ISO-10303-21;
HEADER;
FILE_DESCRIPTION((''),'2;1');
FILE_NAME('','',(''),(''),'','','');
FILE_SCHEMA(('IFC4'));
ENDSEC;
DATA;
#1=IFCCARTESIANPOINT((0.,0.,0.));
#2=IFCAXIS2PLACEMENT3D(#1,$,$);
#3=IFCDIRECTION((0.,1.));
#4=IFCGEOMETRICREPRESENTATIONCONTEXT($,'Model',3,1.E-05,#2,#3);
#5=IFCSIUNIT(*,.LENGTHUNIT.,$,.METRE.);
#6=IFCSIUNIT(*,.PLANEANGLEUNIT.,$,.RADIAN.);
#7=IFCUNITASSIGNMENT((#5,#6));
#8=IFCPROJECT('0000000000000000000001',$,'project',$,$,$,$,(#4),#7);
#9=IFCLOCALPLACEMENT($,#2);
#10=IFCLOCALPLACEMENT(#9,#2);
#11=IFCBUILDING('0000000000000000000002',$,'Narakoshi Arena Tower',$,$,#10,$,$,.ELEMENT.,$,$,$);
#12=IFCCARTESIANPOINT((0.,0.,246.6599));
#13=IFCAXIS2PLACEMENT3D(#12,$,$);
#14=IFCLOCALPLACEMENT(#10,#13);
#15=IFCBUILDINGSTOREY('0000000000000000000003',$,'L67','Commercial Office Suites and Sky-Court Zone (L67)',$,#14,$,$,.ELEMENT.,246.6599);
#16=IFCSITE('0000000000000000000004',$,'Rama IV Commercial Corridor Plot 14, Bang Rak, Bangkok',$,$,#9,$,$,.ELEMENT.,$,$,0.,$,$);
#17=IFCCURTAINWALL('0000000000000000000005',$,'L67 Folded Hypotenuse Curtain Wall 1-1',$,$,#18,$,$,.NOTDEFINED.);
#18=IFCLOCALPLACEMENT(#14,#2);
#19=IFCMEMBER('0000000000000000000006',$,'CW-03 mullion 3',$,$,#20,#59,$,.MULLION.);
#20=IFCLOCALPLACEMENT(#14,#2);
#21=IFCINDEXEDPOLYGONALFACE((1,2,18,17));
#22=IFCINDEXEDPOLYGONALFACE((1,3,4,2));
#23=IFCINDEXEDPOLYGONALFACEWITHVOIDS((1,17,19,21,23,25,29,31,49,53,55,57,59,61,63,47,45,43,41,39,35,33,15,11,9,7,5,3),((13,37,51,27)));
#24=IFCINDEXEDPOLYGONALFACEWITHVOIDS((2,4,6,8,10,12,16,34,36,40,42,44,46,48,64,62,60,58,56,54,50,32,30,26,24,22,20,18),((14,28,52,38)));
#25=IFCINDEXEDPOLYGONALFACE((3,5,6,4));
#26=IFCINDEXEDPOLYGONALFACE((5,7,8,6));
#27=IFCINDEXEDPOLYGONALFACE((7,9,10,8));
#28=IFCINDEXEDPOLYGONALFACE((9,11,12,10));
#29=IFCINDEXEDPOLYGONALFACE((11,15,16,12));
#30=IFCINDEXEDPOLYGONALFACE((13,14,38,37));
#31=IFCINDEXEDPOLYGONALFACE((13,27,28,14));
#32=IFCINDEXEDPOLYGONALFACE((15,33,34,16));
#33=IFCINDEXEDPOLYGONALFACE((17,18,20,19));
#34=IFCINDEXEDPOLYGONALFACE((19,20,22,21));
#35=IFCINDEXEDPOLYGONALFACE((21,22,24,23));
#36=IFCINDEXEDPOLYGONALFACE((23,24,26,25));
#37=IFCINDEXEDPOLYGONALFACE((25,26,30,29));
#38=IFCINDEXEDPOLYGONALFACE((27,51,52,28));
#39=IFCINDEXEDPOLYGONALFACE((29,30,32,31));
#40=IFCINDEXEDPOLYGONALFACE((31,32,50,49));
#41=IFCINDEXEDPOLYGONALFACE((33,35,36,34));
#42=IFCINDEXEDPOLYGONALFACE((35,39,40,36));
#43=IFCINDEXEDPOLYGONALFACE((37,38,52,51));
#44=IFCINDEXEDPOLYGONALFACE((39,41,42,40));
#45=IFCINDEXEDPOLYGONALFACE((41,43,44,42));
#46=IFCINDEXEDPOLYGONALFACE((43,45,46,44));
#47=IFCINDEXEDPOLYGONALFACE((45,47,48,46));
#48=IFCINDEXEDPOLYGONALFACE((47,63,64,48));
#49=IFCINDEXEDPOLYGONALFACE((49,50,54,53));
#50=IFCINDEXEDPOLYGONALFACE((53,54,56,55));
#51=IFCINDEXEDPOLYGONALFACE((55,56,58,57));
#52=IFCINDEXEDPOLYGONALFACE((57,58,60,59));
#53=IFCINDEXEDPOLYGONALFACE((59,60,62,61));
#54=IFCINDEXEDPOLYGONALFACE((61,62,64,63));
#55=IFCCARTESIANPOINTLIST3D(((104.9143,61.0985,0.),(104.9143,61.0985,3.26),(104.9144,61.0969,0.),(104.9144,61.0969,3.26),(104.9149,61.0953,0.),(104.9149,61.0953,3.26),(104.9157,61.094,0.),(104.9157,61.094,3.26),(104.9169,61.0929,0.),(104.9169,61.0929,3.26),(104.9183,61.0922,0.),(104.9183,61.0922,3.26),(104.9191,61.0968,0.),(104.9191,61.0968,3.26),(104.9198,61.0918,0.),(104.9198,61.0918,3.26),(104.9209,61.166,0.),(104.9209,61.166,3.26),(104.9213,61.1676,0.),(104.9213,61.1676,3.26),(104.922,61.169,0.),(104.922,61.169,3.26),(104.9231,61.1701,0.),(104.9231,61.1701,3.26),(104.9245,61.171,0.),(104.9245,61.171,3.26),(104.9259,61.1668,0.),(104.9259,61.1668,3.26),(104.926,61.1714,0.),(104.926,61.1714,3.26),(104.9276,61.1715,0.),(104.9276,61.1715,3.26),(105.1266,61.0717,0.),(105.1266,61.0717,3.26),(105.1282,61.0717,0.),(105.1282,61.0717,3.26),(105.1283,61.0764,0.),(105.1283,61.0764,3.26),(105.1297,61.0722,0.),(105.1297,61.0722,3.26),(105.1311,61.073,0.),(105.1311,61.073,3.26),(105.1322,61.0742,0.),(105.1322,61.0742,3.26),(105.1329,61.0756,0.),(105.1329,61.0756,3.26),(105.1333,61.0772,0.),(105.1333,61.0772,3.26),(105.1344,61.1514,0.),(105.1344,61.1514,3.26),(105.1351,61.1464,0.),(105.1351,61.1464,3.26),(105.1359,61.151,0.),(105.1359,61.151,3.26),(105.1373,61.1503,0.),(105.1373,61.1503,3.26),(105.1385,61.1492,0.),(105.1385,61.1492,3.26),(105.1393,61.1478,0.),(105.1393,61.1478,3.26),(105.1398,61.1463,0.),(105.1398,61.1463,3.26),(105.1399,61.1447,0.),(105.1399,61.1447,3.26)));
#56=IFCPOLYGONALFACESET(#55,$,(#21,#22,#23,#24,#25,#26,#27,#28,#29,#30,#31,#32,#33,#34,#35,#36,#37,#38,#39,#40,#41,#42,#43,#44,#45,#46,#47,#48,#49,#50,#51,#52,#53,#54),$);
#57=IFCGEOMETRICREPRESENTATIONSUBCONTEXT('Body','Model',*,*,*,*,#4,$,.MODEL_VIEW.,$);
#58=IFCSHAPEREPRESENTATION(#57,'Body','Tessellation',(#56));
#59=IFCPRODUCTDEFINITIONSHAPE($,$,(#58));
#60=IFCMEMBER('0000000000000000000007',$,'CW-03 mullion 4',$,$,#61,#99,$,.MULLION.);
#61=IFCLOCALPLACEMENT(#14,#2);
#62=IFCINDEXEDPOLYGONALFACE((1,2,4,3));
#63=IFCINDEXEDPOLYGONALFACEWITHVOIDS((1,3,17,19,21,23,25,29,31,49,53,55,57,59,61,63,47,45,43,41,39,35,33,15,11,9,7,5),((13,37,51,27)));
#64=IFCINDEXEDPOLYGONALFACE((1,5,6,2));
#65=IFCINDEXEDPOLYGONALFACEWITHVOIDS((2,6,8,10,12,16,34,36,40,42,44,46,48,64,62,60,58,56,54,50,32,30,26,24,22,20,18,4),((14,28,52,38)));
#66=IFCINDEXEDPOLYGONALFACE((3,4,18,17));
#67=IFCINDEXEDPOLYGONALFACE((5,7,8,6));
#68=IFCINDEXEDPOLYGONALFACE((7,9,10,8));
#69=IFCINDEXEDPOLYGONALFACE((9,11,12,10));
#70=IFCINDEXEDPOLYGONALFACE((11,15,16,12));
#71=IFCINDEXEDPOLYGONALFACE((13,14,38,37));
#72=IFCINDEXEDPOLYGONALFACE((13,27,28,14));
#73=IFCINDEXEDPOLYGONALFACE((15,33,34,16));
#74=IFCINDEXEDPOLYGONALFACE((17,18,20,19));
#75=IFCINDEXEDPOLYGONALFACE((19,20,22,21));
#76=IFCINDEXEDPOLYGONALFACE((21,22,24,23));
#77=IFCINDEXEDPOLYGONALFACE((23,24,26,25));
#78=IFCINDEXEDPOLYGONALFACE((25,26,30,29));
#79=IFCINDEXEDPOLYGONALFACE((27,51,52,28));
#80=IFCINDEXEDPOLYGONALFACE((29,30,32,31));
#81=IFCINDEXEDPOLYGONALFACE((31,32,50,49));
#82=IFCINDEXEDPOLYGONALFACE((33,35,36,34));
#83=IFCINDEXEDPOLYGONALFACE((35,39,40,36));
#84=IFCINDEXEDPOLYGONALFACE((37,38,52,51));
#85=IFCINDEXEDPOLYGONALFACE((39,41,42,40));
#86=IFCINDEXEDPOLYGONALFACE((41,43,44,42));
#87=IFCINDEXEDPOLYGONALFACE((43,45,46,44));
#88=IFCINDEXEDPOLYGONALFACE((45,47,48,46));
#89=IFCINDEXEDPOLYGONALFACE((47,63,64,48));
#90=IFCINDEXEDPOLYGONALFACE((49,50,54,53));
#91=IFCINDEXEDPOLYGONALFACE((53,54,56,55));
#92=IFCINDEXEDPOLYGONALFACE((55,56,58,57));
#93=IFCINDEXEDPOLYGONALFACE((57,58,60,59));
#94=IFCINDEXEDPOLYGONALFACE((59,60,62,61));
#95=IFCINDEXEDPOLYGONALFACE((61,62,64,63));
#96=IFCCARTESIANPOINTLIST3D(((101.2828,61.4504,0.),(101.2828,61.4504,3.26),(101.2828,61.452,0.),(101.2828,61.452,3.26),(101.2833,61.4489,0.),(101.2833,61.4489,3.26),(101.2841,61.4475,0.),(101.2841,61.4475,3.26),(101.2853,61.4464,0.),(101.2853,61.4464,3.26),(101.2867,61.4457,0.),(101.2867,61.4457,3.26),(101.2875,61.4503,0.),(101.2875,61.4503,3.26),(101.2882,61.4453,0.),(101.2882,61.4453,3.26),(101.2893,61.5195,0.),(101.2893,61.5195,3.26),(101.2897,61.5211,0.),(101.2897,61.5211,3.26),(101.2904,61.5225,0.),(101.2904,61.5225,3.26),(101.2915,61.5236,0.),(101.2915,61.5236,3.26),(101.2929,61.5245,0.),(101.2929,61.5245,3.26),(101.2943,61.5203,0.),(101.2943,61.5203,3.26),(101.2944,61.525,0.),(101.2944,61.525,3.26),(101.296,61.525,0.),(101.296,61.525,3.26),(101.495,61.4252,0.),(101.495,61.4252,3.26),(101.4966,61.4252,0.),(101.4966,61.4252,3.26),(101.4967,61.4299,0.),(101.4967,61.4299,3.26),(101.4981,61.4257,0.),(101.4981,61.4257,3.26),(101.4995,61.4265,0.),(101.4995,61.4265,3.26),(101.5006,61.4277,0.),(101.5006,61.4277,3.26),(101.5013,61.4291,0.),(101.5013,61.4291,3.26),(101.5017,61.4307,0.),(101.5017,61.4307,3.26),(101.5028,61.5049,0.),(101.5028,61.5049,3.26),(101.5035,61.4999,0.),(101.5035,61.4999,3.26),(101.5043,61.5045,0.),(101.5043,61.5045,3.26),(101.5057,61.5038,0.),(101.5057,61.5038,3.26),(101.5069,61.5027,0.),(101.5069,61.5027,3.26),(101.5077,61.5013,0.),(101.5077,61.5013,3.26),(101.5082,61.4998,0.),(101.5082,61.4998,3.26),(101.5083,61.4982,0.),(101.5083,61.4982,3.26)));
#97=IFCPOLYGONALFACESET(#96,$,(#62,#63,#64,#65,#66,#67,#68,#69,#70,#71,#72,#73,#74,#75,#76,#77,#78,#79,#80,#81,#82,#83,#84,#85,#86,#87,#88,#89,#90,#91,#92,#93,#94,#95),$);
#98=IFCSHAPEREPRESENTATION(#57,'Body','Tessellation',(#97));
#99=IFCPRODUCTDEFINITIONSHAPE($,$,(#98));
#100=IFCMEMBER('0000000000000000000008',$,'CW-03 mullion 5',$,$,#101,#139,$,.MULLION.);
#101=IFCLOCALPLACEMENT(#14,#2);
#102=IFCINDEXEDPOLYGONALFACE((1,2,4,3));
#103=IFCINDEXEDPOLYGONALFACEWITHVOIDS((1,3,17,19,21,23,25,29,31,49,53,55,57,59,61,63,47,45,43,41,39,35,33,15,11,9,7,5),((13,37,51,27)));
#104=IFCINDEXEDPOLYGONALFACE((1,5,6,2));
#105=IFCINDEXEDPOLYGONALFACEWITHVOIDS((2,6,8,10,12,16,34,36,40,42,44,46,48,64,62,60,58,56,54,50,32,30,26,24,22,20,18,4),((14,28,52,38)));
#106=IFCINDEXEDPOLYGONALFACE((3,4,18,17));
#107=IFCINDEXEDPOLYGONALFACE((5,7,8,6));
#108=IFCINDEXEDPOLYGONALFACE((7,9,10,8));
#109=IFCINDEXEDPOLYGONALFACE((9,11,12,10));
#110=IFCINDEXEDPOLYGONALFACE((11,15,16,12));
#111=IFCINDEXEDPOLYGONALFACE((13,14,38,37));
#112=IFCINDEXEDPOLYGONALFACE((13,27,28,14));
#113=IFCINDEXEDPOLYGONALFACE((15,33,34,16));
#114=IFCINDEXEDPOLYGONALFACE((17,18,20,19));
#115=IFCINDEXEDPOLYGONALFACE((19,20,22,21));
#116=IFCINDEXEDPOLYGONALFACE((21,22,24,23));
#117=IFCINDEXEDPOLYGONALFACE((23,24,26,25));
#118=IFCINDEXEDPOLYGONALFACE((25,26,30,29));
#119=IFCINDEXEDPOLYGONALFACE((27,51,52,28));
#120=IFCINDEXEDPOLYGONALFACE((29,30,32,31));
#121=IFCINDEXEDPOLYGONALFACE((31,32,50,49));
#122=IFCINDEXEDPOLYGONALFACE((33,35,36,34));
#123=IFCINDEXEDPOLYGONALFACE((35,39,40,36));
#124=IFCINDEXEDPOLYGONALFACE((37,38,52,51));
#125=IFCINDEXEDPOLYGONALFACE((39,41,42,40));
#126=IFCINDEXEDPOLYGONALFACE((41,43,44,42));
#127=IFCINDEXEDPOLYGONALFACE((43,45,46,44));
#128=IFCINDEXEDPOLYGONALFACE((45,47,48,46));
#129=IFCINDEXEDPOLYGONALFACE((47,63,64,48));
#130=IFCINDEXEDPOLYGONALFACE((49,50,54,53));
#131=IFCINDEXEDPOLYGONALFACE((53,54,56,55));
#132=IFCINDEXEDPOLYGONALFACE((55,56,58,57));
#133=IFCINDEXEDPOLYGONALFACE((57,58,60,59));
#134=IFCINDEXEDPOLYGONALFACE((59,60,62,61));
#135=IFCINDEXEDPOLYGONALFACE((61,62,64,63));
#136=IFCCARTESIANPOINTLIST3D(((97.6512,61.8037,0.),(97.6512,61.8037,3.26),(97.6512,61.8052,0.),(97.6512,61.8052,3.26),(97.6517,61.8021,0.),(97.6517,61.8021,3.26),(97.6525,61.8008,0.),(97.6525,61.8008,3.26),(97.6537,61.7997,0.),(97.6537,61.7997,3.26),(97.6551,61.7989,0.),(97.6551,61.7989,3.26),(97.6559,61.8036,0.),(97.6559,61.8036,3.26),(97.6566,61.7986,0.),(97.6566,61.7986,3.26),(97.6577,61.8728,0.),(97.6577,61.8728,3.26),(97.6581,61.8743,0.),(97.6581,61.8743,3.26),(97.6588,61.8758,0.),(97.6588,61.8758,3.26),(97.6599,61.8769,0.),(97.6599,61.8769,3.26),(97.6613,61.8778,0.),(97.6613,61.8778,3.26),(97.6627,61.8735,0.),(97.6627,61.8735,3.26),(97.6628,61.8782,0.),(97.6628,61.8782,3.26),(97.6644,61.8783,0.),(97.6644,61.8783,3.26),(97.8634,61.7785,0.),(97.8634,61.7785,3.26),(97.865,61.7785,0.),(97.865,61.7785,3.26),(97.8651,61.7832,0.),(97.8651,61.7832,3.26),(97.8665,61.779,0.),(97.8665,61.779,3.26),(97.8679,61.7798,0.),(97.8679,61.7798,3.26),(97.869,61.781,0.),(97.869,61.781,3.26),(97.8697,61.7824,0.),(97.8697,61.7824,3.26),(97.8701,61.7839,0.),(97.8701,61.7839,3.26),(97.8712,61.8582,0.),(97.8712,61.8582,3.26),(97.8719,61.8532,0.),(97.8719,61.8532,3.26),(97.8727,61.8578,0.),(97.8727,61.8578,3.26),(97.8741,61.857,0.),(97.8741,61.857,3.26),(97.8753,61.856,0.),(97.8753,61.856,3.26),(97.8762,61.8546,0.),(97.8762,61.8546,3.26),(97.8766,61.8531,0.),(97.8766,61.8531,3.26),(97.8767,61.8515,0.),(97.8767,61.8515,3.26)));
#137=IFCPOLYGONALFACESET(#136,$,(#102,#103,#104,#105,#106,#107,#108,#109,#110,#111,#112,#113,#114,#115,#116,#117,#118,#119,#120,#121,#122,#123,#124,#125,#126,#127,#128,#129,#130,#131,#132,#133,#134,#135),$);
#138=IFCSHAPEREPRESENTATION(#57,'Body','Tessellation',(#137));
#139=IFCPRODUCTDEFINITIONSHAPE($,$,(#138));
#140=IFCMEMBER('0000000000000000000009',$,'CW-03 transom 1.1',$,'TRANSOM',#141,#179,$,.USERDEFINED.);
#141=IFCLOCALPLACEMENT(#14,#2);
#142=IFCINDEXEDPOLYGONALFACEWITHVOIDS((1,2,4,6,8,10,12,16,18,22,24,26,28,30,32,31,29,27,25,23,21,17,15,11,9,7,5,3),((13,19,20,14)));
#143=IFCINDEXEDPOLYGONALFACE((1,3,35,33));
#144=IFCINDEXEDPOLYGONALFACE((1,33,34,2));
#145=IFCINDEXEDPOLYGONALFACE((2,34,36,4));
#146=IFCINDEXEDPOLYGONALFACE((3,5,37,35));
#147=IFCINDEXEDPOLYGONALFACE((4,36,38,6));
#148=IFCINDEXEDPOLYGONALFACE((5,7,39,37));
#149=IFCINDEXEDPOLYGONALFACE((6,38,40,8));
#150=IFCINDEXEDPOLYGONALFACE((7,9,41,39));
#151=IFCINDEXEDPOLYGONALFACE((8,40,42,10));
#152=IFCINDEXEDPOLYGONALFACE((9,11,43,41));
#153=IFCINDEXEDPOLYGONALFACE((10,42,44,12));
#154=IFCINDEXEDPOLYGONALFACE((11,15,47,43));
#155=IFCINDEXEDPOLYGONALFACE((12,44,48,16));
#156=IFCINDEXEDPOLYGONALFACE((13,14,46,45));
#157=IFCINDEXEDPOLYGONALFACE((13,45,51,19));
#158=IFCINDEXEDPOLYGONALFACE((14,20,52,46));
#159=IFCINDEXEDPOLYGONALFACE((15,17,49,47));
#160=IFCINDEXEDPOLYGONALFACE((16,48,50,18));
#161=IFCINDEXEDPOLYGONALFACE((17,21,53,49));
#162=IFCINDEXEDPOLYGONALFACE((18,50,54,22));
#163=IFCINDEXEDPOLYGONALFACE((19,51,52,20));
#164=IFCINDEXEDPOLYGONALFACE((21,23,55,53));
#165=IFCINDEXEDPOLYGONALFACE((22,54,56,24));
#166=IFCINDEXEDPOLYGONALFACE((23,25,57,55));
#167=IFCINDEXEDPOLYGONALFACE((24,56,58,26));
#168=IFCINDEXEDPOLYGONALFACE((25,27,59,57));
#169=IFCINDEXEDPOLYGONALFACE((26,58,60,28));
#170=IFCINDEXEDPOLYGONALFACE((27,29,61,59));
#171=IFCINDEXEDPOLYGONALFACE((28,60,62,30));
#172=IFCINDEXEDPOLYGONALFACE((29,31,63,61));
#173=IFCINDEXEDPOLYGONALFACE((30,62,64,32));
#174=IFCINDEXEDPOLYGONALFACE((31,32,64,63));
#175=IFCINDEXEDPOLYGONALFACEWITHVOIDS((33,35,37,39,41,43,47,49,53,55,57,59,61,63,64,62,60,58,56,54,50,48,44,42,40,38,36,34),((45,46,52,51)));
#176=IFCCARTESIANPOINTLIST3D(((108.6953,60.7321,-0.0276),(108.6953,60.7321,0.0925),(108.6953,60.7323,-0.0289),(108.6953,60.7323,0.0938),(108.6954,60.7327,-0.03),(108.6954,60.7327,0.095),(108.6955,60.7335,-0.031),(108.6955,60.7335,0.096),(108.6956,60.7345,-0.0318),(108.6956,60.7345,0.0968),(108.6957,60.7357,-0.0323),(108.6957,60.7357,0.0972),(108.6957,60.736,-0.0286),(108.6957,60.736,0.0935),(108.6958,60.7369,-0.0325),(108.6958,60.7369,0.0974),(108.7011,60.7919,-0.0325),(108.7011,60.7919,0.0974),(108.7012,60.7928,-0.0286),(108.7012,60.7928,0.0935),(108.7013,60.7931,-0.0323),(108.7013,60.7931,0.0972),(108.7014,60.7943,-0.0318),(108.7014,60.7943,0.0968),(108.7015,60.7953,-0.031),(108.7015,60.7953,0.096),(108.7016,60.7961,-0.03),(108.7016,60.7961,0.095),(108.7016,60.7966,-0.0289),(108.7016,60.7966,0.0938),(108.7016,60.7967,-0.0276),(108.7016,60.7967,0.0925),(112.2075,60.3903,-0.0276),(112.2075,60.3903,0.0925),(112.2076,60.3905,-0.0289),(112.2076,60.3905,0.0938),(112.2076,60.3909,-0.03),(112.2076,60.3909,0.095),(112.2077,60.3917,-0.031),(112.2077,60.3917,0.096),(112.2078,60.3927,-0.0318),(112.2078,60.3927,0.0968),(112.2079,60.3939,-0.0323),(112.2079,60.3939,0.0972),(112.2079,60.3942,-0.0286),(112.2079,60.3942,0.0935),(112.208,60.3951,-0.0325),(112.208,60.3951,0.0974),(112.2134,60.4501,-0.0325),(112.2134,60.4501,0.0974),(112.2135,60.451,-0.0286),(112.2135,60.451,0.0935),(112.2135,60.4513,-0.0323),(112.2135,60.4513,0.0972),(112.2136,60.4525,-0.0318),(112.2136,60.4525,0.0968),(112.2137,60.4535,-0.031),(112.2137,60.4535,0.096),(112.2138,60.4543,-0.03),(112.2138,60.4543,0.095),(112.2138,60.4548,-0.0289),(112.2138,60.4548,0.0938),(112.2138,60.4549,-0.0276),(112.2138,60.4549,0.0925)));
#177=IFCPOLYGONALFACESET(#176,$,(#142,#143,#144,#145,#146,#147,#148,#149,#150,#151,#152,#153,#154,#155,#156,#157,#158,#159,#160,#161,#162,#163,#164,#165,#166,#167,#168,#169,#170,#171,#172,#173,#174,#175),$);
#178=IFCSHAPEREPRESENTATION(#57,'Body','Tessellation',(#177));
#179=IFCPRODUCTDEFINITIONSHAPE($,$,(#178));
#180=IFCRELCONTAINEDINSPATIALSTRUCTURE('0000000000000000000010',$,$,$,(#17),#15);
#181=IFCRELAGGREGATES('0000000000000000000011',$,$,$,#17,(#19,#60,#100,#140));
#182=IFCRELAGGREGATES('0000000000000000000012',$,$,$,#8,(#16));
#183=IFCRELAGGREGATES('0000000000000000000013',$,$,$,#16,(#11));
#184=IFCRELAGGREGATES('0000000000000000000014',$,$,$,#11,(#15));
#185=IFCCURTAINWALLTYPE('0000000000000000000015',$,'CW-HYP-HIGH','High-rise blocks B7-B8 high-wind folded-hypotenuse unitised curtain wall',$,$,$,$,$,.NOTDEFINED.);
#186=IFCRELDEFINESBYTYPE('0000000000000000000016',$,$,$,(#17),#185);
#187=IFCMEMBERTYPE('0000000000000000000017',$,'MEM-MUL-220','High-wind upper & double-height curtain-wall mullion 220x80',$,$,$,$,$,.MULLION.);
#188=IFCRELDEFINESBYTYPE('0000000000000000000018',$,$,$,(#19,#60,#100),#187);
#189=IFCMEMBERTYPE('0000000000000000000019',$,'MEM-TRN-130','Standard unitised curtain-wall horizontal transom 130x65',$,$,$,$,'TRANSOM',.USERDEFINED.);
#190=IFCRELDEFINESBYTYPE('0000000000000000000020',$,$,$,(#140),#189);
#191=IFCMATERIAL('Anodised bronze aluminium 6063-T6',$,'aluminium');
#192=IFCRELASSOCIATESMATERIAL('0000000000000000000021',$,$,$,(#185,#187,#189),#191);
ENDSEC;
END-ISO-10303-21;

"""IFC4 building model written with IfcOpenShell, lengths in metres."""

from ifc_helpers import new_model, si_unit, direction, frame, origin, origin_2d, place, context, subcontext, project, spatial, hollow_rectangle, extrude, material, material_profile, profile_set, type_object, element, aggregate, save


model = new_model("IFC4")

# Units and contexts
model_context = context("Model", 3, precision=1e-05, world=origin(), true_north=direction((0.0, 1.0)))
body_context = subcontext(model_context, "Body", "Model", "MODEL_VIEW")
ifc_project = project(units=[si_unit("LENGTHUNIT", "METRE"), si_unit("PLANEANGLEUNIT", "RADIAN")], contexts=[model_context])

# Site, building, storey
site_placement = place(None, origin())
site = spatial("IfcSite", under=ifc_project, at=site_placement, Name="Rama IV Commercial Corridor Plot 14, Bang Rak, Bangkok", CompositionType="ELEMENT", RefElevation=0.0)
building_placement = place(site_placement, origin())
building = spatial("IfcBuilding", under=site, at=building_placement, Name="Narakoshi Arena Tower", CompositionType="ELEMENT")
storey_placement = place(building_placement, frame((0.0, 0.0, 246.6599)))
storey = spatial("IfcBuildingStorey", under=building, at=storey_placement, Name="L67", Description="Commercial Office Suites and Sky-Court Zone (L67)", CompositionType="ELEMENT", Elevation=246.6599)

# Curtain wall, members
ifc_material_1 = material(Name="Anodised bronze aluminium 6063-T6", Category="aluminium")
curtain_wall_type = type_object("IfcCurtainWallType", Name="CW-HYP-HIGH", Description="High-rise blocks B7-B8 high-wind folded-hypotenuse unitised curtain wall", PredefinedType="NOTDEFINED", material=ifc_material_1)
curtain_wall_placement = place(storey_placement, origin())
curtain_wall = element("IfcCurtainWall", 1, at=curtain_wall_placement, inside=storey, type_object=curtain_wall_type, Name="L67 Folded Hypotenuse Curtain Wall 1-1", PredefinedType="NOTDEFINED")
ifc_material_profile_1 = material_profile(ifc_material_1, hollow_rectangle(XDim=0.0801, YDim=0.22, WallThickness=0.0049, OuterFilletRadius=0.0061, at=origin_2d()), Name="MUL220x80x5")
ifc_profile_set_1 = profile_set([ifc_material_profile_1], Name="Anodised bronze aluminium 6063-T6")
member_type_1 = type_object("IfcMemberType", Name="MEM-MUL-220", Description="High-wind upper & double-height curtain-wall mullion 220x80", PredefinedType="MULLION", material=ifc_profile_set_1)
member_1_placement = place(storey_placement, frame((105.0271, 61.1216, 0.0), z_axis=(0.0, 0.0, 1.0), x_axis=(-0.096851, -0.995299, 0.0)))
member_1 = element("IfcMember", 2, at=member_1_placement, type_object=member_type_1, Name="CW-03 mullion 3", PredefinedType="MULLION", context=body_context, shape_type="SweptSolid", body=[
    extrude(hollow_rectangle(XDim=0.0801, YDim=0.22, WallThickness=0.0049, OuterFilletRadius=0.0061, at=origin_2d()), origin(), (0.0, 0.0, 1.0), 3.26),
])
member_2_placement = place(storey_placement, frame((101.3955, 61.4751, 0.0), z_axis=(0.0, 0.0, 1.0), x_axis=(-0.096851, -0.995299, 0.0)))
member_2 = element("IfcMember", 3, at=member_2_placement, type_object=member_type_1, Name="CW-03 mullion 4", PredefinedType="MULLION", context=body_context, shape_type="SweptSolid", body=[
    extrude(hollow_rectangle(XDim=0.0801, YDim=0.22, WallThickness=0.0049, OuterFilletRadius=0.0061, at=origin_2d()), origin(), (0.0, 0.0, 1.0), 3.26),
])
member_3_placement = place(storey_placement, frame((97.7639, 61.8284, 0.0), z_axis=(0.0, 0.0, 1.0), x_axis=(-0.096851, -0.995299, 0.0)))
member_3 = element("IfcMember", 4, at=member_3_placement, type_object=member_type_1, Name="CW-03 mullion 5", PredefinedType="MULLION", context=body_context, shape_type="SweptSolid", body=[
    extrude(hollow_rectangle(XDim=0.0801, YDim=0.22, WallThickness=0.0049, OuterFilletRadius=0.0061, at=origin_2d()), origin(), (0.0, 0.0, 1.0), 3.26),
])
ifc_material_profile_2 = material_profile(ifc_material_1, hollow_rectangle(XDim=0.0649, YDim=0.1299, WallThickness=0.0039, OuterFilletRadius=0.0049, at=origin_2d()), Name="TRN130x65x4")
ifc_profile_set_2 = profile_set([ifc_material_profile_2], Name="Anodised bronze aluminium 6063-T6")
member_type_2 = type_object("IfcMemberType", Name="MEM-TRN-130", Description="Standard unitised curtain-wall horizontal transom 130x65", ElementType="TRANSOM", PredefinedType="USERDEFINED", material=ifc_profile_set_2)
member_4_placement = place(storey_placement, frame((112.2107, 60.4226, 0.0325), z_axis=(-0.995298, 0.096859, 0.0), x_axis=(-0.096859, -0.995298, 0.0)))
member_4 = element("IfcMember", 5, at=member_4_placement, type_object=member_type_2, Name="CW-03 transom 1.1", ObjectType="TRANSOM", PredefinedType="USERDEFINED", context=body_context, shape_type="SweptSolid", body=[
    extrude(hollow_rectangle(XDim=0.0649, YDim=0.1299, WallThickness=0.0039, OuterFilletRadius=0.0049, at=origin_2d()), origin(), (0.0, 0.0, 1.0), 3.5288),
])
aggregate(curtain_wall, [member_1, member_2, member_3, member_4])

save(model, "model.ifc")
